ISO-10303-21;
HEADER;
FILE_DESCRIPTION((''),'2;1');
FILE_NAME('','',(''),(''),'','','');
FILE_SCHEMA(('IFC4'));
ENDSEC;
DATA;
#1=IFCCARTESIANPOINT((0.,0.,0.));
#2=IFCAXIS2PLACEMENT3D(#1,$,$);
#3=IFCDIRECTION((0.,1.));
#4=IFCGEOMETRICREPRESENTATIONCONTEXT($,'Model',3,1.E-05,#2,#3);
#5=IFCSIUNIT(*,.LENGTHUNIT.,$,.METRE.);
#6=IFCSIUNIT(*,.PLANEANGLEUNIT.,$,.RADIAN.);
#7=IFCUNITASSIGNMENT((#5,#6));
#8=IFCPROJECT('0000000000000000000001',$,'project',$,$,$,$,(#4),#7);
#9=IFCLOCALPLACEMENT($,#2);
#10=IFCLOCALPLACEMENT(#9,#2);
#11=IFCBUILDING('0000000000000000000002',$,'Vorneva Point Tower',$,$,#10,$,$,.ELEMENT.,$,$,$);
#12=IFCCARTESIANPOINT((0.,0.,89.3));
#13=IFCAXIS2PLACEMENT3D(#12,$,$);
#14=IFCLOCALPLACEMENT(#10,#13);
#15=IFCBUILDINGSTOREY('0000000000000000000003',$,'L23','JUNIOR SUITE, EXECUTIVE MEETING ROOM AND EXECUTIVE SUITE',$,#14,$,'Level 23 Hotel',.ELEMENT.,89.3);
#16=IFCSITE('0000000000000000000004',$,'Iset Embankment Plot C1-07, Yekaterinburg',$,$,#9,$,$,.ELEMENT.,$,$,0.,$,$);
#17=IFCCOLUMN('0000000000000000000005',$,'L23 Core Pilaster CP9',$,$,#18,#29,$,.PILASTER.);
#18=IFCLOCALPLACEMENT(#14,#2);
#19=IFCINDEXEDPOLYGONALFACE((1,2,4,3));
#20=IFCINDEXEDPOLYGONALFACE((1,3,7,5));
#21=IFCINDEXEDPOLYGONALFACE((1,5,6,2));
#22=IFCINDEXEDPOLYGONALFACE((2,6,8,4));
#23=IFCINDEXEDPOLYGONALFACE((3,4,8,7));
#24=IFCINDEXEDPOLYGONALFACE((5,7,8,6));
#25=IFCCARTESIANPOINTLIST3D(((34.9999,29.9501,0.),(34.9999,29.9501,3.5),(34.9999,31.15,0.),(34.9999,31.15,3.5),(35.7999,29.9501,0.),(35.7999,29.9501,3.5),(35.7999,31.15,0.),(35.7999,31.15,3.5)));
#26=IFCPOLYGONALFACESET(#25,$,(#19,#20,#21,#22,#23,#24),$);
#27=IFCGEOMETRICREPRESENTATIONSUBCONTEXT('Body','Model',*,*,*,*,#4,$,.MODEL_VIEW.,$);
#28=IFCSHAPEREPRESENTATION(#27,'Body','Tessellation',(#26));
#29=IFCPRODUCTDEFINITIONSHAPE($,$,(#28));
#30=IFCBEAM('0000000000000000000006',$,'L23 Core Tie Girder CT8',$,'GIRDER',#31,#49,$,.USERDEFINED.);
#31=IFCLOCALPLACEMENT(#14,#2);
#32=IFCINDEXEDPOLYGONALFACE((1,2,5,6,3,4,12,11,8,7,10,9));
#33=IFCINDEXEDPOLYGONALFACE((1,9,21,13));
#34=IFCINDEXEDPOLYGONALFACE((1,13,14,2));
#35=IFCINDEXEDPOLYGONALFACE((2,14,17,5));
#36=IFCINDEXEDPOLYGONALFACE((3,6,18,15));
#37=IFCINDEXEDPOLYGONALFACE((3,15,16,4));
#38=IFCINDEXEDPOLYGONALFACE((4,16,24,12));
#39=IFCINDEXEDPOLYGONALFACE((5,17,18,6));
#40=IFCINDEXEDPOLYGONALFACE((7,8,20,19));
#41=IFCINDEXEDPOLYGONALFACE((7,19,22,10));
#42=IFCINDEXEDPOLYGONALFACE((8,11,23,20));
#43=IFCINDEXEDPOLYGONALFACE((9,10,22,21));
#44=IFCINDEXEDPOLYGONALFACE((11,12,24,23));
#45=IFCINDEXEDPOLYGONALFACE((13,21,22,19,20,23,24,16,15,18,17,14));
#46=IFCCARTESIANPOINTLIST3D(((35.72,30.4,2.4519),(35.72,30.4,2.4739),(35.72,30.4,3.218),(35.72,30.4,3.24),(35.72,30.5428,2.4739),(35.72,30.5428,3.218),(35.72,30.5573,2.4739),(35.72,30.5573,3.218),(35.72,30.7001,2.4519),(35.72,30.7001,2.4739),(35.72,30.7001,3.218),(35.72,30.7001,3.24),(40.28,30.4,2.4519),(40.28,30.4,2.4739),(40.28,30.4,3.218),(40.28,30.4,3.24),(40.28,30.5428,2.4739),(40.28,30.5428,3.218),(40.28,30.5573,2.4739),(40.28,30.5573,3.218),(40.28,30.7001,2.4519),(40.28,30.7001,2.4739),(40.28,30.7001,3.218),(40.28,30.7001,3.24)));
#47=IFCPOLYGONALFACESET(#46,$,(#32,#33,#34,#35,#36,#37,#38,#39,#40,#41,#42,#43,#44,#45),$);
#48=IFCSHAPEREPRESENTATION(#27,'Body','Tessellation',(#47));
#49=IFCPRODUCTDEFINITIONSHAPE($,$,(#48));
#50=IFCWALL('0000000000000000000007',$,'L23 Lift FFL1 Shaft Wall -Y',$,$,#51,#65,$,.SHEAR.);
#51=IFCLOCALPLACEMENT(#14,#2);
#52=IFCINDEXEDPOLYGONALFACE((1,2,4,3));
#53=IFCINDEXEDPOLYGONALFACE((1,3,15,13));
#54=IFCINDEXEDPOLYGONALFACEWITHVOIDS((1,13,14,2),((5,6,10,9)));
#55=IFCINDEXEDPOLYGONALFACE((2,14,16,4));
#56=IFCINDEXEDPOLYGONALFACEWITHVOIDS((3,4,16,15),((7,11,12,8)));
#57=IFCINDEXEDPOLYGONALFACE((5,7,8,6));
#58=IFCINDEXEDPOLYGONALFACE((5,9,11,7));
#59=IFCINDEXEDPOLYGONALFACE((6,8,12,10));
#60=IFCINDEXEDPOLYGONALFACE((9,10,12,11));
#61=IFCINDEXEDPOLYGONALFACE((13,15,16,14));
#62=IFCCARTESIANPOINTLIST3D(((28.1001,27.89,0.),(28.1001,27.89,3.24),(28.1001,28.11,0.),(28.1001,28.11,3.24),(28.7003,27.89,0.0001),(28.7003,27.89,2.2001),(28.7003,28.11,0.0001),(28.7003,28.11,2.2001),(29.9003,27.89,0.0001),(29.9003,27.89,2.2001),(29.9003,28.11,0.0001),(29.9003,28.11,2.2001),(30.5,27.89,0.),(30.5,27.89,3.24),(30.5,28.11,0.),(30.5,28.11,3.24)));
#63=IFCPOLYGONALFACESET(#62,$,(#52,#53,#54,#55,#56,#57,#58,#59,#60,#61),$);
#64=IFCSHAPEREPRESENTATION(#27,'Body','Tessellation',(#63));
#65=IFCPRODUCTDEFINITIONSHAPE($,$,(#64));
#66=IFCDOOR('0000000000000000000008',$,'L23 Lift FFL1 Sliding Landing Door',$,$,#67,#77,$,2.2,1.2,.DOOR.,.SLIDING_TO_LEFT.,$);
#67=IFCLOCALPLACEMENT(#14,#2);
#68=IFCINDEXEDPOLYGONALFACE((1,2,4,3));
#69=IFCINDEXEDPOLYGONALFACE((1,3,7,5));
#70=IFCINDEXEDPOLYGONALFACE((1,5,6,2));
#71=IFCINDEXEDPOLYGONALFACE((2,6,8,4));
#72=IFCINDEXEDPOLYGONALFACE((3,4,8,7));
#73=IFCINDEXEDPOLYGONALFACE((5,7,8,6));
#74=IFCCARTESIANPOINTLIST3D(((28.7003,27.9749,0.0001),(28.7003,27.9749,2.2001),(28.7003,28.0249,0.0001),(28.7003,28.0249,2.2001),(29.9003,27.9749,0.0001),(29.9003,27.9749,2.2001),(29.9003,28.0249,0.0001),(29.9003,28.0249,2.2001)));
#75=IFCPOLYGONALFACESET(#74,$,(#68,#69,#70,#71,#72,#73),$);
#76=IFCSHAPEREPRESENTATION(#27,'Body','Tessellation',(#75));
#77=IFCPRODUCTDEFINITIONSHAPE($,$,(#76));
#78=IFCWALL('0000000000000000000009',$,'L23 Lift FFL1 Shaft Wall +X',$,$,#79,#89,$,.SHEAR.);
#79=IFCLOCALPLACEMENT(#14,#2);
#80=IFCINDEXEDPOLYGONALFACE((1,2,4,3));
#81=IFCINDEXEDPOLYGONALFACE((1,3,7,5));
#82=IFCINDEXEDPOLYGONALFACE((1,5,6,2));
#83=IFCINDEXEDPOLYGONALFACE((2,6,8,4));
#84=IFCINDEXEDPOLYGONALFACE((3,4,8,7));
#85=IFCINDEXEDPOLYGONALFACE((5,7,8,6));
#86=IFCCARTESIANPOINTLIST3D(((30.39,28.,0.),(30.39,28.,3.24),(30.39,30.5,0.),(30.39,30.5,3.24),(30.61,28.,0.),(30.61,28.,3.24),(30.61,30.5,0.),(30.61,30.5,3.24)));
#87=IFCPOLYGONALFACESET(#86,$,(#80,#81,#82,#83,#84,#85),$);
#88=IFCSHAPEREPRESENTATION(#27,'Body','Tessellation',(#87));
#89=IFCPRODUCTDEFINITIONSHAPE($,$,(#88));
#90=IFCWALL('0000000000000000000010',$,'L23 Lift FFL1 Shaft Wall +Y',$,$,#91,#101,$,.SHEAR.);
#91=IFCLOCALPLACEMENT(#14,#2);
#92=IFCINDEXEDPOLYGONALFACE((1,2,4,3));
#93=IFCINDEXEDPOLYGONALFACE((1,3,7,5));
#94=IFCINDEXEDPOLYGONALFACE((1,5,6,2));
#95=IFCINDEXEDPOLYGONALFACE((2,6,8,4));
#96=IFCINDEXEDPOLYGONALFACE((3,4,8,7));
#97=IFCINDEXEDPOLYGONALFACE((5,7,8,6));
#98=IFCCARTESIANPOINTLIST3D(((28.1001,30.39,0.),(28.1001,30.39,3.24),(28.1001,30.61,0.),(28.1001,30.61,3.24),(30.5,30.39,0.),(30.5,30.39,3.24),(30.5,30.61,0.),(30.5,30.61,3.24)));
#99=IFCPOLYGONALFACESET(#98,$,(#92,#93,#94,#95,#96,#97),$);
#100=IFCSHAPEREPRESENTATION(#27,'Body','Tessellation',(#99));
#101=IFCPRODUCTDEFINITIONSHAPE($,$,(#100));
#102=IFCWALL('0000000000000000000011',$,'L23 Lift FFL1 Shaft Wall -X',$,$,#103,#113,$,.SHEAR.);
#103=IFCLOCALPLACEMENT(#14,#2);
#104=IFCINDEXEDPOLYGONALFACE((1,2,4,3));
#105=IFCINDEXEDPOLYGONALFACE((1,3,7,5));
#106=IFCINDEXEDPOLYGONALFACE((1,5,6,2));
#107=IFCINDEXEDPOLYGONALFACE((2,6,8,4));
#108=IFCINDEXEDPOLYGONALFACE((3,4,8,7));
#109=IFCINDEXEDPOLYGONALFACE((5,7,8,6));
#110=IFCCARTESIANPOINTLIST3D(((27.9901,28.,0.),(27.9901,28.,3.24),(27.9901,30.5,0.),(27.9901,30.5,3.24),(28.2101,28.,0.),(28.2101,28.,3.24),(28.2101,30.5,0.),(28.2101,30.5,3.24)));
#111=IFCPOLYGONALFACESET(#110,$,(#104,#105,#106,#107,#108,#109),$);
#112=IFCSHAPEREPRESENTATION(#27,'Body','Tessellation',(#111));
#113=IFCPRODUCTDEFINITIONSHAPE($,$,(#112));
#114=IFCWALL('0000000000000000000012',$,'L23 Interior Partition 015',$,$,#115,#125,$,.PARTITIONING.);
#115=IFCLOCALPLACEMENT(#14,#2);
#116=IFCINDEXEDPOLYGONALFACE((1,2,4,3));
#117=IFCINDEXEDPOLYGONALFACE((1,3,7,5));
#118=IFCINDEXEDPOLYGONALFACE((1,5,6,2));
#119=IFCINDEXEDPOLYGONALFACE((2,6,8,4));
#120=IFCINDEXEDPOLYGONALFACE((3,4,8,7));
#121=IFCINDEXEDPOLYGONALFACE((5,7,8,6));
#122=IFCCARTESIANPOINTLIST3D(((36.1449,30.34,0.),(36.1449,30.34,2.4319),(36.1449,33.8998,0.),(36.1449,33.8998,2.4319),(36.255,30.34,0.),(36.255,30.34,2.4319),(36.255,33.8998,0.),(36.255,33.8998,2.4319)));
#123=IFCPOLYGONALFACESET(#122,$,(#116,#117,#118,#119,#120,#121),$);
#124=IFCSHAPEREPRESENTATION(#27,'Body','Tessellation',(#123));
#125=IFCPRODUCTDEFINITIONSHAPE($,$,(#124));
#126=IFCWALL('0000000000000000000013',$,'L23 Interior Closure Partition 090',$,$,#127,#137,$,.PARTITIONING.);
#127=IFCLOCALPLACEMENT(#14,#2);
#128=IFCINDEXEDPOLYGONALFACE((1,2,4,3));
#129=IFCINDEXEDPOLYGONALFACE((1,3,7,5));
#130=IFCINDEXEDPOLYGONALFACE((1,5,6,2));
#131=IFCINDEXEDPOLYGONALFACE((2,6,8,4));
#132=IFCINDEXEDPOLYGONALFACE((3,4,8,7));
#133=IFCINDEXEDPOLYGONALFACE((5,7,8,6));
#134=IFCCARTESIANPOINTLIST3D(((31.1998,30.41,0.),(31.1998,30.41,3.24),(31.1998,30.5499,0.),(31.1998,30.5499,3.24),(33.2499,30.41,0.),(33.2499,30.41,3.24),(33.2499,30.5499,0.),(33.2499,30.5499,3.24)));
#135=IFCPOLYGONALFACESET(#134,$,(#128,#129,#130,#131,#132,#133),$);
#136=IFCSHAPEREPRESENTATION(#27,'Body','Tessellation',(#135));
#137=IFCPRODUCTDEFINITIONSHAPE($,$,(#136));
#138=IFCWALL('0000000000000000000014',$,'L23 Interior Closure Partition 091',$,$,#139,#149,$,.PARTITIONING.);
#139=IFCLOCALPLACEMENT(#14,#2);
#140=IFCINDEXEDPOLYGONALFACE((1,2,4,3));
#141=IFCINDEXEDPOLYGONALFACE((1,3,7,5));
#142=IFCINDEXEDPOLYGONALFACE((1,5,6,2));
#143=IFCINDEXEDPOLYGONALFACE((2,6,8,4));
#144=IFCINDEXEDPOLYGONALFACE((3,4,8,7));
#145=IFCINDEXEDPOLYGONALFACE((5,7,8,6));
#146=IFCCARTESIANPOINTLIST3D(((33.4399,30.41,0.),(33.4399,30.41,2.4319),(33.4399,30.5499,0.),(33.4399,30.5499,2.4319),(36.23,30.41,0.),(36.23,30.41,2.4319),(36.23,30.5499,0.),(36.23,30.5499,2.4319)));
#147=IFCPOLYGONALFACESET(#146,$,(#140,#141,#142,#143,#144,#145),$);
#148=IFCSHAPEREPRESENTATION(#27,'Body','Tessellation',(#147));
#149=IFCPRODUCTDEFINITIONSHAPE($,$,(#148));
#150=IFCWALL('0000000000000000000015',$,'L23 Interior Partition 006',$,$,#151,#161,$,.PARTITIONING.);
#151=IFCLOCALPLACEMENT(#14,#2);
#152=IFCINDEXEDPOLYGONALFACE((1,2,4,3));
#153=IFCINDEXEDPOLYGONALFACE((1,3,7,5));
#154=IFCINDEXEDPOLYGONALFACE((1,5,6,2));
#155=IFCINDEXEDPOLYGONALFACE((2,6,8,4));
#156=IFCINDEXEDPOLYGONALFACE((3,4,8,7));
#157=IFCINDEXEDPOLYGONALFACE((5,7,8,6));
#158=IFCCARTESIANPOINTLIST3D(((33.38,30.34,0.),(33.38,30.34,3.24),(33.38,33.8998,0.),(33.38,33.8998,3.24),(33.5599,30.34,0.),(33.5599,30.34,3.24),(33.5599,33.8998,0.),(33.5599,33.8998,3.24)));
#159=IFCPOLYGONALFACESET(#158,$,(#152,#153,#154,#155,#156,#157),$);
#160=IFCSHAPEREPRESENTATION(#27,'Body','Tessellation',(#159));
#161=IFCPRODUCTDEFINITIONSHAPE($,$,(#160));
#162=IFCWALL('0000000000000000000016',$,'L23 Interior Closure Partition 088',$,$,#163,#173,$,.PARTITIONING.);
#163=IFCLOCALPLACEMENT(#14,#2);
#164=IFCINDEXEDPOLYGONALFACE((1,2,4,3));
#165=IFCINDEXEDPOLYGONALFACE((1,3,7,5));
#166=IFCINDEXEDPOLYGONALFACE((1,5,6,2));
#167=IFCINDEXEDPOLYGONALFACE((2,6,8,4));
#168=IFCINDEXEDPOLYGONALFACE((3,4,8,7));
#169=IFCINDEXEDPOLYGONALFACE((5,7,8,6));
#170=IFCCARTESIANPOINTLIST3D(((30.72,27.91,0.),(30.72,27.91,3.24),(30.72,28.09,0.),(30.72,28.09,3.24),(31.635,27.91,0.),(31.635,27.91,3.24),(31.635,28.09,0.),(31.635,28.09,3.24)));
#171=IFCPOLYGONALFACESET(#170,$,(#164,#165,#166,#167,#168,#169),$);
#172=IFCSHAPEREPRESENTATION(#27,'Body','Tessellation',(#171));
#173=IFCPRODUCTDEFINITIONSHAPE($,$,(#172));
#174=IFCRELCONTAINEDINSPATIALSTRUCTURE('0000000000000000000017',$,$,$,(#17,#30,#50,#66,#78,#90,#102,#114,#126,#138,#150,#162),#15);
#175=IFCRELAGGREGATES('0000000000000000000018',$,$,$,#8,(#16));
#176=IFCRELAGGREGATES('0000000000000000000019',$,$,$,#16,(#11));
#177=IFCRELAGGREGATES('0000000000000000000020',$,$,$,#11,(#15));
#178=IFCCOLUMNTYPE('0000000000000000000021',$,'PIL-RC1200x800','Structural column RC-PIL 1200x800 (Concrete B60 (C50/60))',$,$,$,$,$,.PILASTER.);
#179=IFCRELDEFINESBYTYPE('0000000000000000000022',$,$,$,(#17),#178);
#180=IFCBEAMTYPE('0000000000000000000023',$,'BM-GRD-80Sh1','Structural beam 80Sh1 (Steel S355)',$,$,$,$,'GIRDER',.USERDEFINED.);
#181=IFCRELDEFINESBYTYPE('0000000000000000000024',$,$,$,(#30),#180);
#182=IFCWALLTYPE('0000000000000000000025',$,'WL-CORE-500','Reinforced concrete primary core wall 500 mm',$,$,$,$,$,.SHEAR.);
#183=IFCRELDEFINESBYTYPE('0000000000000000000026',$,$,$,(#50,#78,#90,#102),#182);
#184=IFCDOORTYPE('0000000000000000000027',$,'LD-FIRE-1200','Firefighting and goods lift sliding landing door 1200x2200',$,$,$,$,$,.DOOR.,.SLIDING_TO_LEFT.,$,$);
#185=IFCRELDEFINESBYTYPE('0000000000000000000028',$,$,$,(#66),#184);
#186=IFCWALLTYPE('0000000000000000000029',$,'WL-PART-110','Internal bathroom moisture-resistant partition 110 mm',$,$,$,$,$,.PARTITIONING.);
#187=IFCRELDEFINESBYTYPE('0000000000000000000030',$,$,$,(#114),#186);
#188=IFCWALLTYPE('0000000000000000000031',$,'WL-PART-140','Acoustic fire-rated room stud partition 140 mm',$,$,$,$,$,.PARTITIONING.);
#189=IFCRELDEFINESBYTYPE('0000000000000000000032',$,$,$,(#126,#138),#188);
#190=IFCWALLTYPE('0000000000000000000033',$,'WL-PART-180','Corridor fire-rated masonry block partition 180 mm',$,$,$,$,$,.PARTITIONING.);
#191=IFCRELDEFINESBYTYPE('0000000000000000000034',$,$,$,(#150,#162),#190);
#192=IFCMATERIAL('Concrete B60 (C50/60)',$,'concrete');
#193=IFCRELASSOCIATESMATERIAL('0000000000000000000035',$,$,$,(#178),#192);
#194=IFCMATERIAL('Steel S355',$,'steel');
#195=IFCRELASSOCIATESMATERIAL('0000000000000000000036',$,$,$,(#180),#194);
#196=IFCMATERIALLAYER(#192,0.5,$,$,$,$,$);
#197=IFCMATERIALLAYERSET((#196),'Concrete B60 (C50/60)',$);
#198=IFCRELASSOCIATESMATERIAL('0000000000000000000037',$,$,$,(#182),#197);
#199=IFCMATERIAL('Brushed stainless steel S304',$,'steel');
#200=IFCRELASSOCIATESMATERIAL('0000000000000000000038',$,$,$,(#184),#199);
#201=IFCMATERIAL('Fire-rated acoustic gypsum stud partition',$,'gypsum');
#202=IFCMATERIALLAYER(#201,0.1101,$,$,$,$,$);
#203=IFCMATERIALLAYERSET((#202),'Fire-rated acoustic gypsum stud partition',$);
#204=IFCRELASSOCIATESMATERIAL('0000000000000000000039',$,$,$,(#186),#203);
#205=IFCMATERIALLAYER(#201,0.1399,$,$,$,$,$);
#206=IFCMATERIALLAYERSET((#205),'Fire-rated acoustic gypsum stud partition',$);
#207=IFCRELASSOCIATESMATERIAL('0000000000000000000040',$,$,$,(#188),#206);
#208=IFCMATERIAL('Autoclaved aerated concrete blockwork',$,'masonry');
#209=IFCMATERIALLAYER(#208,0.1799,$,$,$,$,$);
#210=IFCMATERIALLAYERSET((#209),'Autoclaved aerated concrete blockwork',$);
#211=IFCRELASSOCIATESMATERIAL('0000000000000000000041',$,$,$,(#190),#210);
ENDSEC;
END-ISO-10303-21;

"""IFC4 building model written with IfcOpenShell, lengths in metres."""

from ifc_helpers import new_model, si_unit, direction, frame, frame_2d, origin, origin_2d, place, context, subcontext, project, spatial, rectangle, i_section, extrude, material, layer, layer_set, material_profile, profile_set, type_object, element, fill, save


model = new_model("IFC4")

# Units and contexts
model_context = context("Model", 3, precision=1e-05, world=origin(), true_north=direction((0.0, 1.0)))
body_context = subcontext(model_context, "Body", "Model", "MODEL_VIEW")
ifc_project = project(units=[si_unit("LENGTHUNIT", "METRE"), si_unit("PLANEANGLEUNIT", "RADIAN")], contexts=[model_context])

# Site, building, storey
site_placement = place(None, origin())
site = spatial("IfcSite", under=ifc_project, at=site_placement, Name="Iset Embankment Plot C1-07, Yekaterinburg", CompositionType="ELEMENT", RefElevation=0.0)
building_placement = place(site_placement, origin())
building = spatial("IfcBuilding", under=site, at=building_placement, Name="Vorneva Point Tower", CompositionType="ELEMENT")
storey_placement = place(building_placement, frame((0.0, 0.0, 89.3)))
storey = spatial("IfcBuildingStorey", under=building, at=storey_placement, Name="L23", Description="JUNIOR SUITE, EXECUTIVE MEETING ROOM AND EXECUTIVE SUITE", LongName="Level 23 Hotel", CompositionType="ELEMENT", Elevation=89.3)

# Column
ifc_material_1 = material(Name="Concrete B60 (C50/60)", Category="concrete")
ifc_material_profile_1 = material_profile(ifc_material_1, rectangle(XDim=0.8, YDim=1.2, at=origin_2d()), Name="RC-PIL 1200x800")
ifc_profile_set_1 = profile_set([ifc_material_profile_1], Name="Concrete B60 (C50/60)")
column_type = type_object("IfcColumnType", Name="PIL-RC1200x800", Description="Structural column RC-PIL 1200x800 (Concrete B60 (C50/60))", PredefinedType="PILASTER", material=ifc_profile_set_1)
column_placement = place(storey_placement, frame((35.3999, 30.55, 0.0), z_axis=(0.0, 0.0, 1.0), x_axis=(1.0, 0.0, 0.0)))
element("IfcColumn", 1, at=column_placement, inside=storey, type_object=column_type, Name="L23 Core Pilaster CP9", PredefinedType="PILASTER", context=body_context, shape_type="SweptSolid", body=[
    extrude(rectangle(XDim=0.8, YDim=1.2, at=origin_2d()), origin(), (0.0, 0.0, 1.0), 3.5),
])

# Beam
ifc_material_2 = material(Name="Steel S355", Category="steel")
ifc_material_profile_2 = material_profile(ifc_material_2, i_section(OverallWidth=0.3, OverallDepth=0.7881, WebThickness=0.0144, FlangeThickness=0.022, at=origin_2d()), Name="80Sh1")
ifc_profile_set_2 = profile_set([ifc_material_profile_2], Name="Steel S355")
beam_type = type_object("IfcBeamType", Name="BM-GRD-80Sh1", Description="Structural beam 80Sh1 (Steel S355)", ElementType="GIRDER", PredefinedType="USERDEFINED", material=ifc_profile_set_2)
beam_placement = place(storey_placement, frame((35.72, 30.55, 2.8459), z_axis=(1.0, 0.0, 0.0), x_axis=(0.0, 1.0, 0.0)))
element("IfcBeam", 2, at=beam_placement, inside=storey, type_object=beam_type, Name="L23 Core Tie Girder CT8", ObjectType="GIRDER", PredefinedType="USERDEFINED", context=body_context, shape_type="SweptSolid", body=[
    extrude(i_section(OverallWidth=0.3, OverallDepth=0.7881, WebThickness=0.0144, FlangeThickness=0.022, at=origin_2d()), origin(), (0.0, 0.0, 1.0), 4.5601),
])

# Wall, opening, door
ifc_layer_1 = layer(ifc_material_1, 0.5)
ifc_layer_set_1 = layer_set([ifc_layer_1], Name="Concrete B60 (C50/60)")
wall_type_1 = type_object("IfcWallType", Name="WL-CORE-500", Description="Reinforced concrete primary core wall 500 mm", PredefinedType="SHEAR", material=ifc_layer_set_1)
wall_1_placement = place(storey_placement, frame((28.1001, 28.0, 0.0), z_axis=(0.0, 0.0, 1.0), x_axis=(1.0, 0.0, 0.0)))
wall_1 = element("IfcWall", 3, at=wall_1_placement, inside=storey, type_object=wall_type_1, Name="L23 Lift FFL1 Shaft Wall -Y", PredefinedType="SHEAR", context=body_context, shape_type="SweptSolid", body=[
    extrude(rectangle(XDim=2.3999, YDim=0.22, at=frame_2d((1.2, 0.0))), origin(), (0.0, 0.0, 1.0), 3.24),
])
opening_1_placement = place(wall_1_placement, frame((0.6001, 0.0, 0.0)))
opening_1 = element("IfcOpeningElement", 4, at=opening_1_placement, cuts=wall_1, PredefinedType="OPENING", context=body_context, shape_type="SweptSolid", body=[
    extrude(rectangle(XDim=1.2, YDim=2.2, at=frame_2d((0.6001, 1.1001))), frame((0.0, 0.125, 0.0), z_axis=(0.0, -1.0, 0.0), x_axis=(1.0, 0.0, 0.0)), (0.0, 0.0, 1.0), 0.2498),
])
ifc_material_3 = material(Name="Brushed stainless steel S304", Category="steel")
door_type_1 = type_object("IfcDoorType", Name="LD-FIRE-1200", Description="Firefighting and goods lift sliding landing door 1200x2200", OperationType="SLIDING_TO_LEFT", PredefinedType="DOOR", material=ifc_material_3)
door_1_placement = place(opening_1_placement, origin())
door_1 = element("IfcDoor", 5, at=door_1_placement, inside=storey, type_object=door_type_1, Name="L23 Lift FFL1 Sliding Landing Door", OperationType="SLIDING_TO_LEFT", OverallHeight=2.2, OverallWidth=1.2, PredefinedType="DOOR", context=body_context, shape_type="SweptSolid", body=[
    extrude(rectangle(XDim=1.2, YDim=2.2, at=frame_2d((0.6001, 1.1001))), frame((0.0, 0.0249, 0.0), z_axis=(0.0, -1.0, 0.0), x_axis=(1.0, 0.0, 0.0)), (0.0, 0.0, 1.0), 0.05),
])
fill(opening_1, door_1)

# Walls
wall_2_placement = place(storey_placement, frame((30.5, 28.0, 0.0), z_axis=(0.0, 0.0, 1.0), x_axis=(0.0, 1.0, 0.0)))
element("IfcWall", 6, at=wall_2_placement, inside=storey, type_object=wall_type_1, Name="L23 Lift FFL1 Shaft Wall +X", PredefinedType="SHEAR", context=body_context, shape_type="SweptSolid", body=[
    extrude(rectangle(XDim=2.5, YDim=0.22, at=frame_2d((1.25, 0.0))), origin(), (0.0, 0.0, 1.0), 3.24),
])
wall_3_placement = place(storey_placement, frame((30.5, 30.5, 0.0), z_axis=(0.0, 0.0, 1.0), x_axis=(-1.0, 0.0, 0.0)))
element("IfcWall", 7, at=wall_3_placement, inside=storey, type_object=wall_type_1, Name="L23 Lift FFL1 Shaft Wall +Y", PredefinedType="SHEAR", context=body_context, shape_type="SweptSolid", body=[
    extrude(rectangle(XDim=2.3999, YDim=0.22, at=frame_2d((1.2, 0.0))), origin(), (0.0, 0.0, 1.0), 3.24),
])
wall_4_placement = place(storey_placement, frame((28.1001, 30.5, 0.0), z_axis=(0.0, 0.0, 1.0), x_axis=(0.0, -1.0, 0.0)))
element("IfcWall", 8, at=wall_4_placement, inside=storey, type_object=wall_type_1, Name="L23 Lift FFL1 Shaft Wall -X", PredefinedType="SHEAR", context=body_context, shape_type="SweptSolid", body=[
    extrude(rectangle(XDim=2.5, YDim=0.22, at=frame_2d((1.25, 0.0))), origin(), (0.0, 0.0, 1.0), 3.24),
])
ifc_material_4 = material(Name="Fire-rated acoustic gypsum stud partition", Category="gypsum")
ifc_layer_2 = layer(ifc_material_4, 0.1101)
ifc_layer_set_2 = layer_set([ifc_layer_2], Name="Fire-rated acoustic gypsum stud partition")
wall_type_2 = type_object("IfcWallType", Name="WL-PART-110", Description="Internal bathroom moisture-resistant partition 110 mm", PredefinedType="PARTITIONING", material=ifc_layer_set_2)
wall_5_placement = place(storey_placement, frame((36.2, 30.3401, 0.0), z_axis=(0.0, 0.0, 1.0), x_axis=(0.0, 1.0, 0.0)))
element("IfcWall", 9, at=wall_5_placement, inside=storey, type_object=wall_type_2, Name="L23 Interior Partition 015", PredefinedType="PARTITIONING", context=body_context, shape_type="SweptSolid", body=[
    extrude(rectangle(XDim=3.5598, YDim=0.1101, at=frame_2d((1.7798, 0.0))), origin(), (0.0, 0.0, 1.0), 2.4319),
])
ifc_layer_3 = layer(ifc_material_4, 0.1399)
ifc_layer_set_3 = layer_set([ifc_layer_3], Name="Fire-rated acoustic gypsum stud partition")
wall_type_3 = type_object("IfcWallType", Name="WL-PART-140", Description="Acoustic fire-rated room stud partition 140 mm", PredefinedType="PARTITIONING", material=ifc_layer_set_3)
wall_6_placement = place(storey_placement, frame((31.2, 30.48, 0.0), z_axis=(0.0, 0.0, 1.0), x_axis=(1.0, 0.0, 0.0)))
element("IfcWall", 10, at=wall_6_placement, inside=storey, type_object=wall_type_3, Name="L23 Interior Closure Partition 090", PredefinedType="PARTITIONING", context=body_context, shape_type="SweptSolid", body=[
    extrude(rectangle(XDim=2.05, YDim=0.1399, at=frame_2d((1.0249, 0.0))), origin(), (0.0, 0.0, 1.0), 3.24),
])
wall_7_placement = place(storey_placement, frame((33.4399, 30.48, 0.0), z_axis=(0.0, 0.0, 1.0), x_axis=(1.0, 0.0, 0.0)))
element("IfcWall", 11, at=wall_7_placement, inside=storey, type_object=wall_type_3, Name="L23 Interior Closure Partition 091", PredefinedType="PARTITIONING", context=body_context, shape_type="SweptSolid", body=[
    extrude(rectangle(XDim=2.79, YDim=0.1399, at=frame_2d((1.395, 0.0))), origin(), (0.0, 0.0, 1.0), 2.4319),
])
ifc_material_5 = material(Name="Autoclaved aerated concrete blockwork", Category="masonry")
ifc_layer_4 = layer(ifc_material_5, 0.1799)
ifc_layer_set_4 = layer_set([ifc_layer_4], Name="Autoclaved aerated concrete blockwork")
wall_type_4 = type_object("IfcWallType", Name="WL-PART-180", Description="Corridor fire-rated masonry block partition 180 mm", PredefinedType="PARTITIONING", material=ifc_layer_set_4)
wall_8_placement = place(storey_placement, frame((33.47, 30.3401, 0.0), z_axis=(0.0, 0.0, 1.0), x_axis=(0.0, 1.0, 0.0)))
element("IfcWall", 12, at=wall_8_placement, inside=storey, type_object=wall_type_4, Name="L23 Interior Partition 006", PredefinedType="PARTITIONING", context=body_context, shape_type="SweptSolid", body=[
    extrude(rectangle(XDim=3.5598, YDim=0.1799, at=frame_2d((1.7798, 0.0))), origin(), (0.0, 0.0, 1.0), 3.24),
])
wall_9_placement = place(storey_placement, frame((31.635, 28.0, 0.0), z_axis=(0.0, 0.0, 1.0), x_axis=(-1.0, 0.0, 0.0)))
element("IfcWall", 13, at=wall_9_placement, inside=storey, type_object=wall_type_4, Name="L23 Interior Closure Partition 088", PredefinedType="PARTITIONING", context=body_context, shape_type="SweptSolid", body=[
    extrude(rectangle(XDim=0.915, YDim=0.1799, at=frame_2d((0.4575, 0.0))), origin(), (0.0, 0.0, 1.0), 3.24),
])

save(model, "model.ifc")
